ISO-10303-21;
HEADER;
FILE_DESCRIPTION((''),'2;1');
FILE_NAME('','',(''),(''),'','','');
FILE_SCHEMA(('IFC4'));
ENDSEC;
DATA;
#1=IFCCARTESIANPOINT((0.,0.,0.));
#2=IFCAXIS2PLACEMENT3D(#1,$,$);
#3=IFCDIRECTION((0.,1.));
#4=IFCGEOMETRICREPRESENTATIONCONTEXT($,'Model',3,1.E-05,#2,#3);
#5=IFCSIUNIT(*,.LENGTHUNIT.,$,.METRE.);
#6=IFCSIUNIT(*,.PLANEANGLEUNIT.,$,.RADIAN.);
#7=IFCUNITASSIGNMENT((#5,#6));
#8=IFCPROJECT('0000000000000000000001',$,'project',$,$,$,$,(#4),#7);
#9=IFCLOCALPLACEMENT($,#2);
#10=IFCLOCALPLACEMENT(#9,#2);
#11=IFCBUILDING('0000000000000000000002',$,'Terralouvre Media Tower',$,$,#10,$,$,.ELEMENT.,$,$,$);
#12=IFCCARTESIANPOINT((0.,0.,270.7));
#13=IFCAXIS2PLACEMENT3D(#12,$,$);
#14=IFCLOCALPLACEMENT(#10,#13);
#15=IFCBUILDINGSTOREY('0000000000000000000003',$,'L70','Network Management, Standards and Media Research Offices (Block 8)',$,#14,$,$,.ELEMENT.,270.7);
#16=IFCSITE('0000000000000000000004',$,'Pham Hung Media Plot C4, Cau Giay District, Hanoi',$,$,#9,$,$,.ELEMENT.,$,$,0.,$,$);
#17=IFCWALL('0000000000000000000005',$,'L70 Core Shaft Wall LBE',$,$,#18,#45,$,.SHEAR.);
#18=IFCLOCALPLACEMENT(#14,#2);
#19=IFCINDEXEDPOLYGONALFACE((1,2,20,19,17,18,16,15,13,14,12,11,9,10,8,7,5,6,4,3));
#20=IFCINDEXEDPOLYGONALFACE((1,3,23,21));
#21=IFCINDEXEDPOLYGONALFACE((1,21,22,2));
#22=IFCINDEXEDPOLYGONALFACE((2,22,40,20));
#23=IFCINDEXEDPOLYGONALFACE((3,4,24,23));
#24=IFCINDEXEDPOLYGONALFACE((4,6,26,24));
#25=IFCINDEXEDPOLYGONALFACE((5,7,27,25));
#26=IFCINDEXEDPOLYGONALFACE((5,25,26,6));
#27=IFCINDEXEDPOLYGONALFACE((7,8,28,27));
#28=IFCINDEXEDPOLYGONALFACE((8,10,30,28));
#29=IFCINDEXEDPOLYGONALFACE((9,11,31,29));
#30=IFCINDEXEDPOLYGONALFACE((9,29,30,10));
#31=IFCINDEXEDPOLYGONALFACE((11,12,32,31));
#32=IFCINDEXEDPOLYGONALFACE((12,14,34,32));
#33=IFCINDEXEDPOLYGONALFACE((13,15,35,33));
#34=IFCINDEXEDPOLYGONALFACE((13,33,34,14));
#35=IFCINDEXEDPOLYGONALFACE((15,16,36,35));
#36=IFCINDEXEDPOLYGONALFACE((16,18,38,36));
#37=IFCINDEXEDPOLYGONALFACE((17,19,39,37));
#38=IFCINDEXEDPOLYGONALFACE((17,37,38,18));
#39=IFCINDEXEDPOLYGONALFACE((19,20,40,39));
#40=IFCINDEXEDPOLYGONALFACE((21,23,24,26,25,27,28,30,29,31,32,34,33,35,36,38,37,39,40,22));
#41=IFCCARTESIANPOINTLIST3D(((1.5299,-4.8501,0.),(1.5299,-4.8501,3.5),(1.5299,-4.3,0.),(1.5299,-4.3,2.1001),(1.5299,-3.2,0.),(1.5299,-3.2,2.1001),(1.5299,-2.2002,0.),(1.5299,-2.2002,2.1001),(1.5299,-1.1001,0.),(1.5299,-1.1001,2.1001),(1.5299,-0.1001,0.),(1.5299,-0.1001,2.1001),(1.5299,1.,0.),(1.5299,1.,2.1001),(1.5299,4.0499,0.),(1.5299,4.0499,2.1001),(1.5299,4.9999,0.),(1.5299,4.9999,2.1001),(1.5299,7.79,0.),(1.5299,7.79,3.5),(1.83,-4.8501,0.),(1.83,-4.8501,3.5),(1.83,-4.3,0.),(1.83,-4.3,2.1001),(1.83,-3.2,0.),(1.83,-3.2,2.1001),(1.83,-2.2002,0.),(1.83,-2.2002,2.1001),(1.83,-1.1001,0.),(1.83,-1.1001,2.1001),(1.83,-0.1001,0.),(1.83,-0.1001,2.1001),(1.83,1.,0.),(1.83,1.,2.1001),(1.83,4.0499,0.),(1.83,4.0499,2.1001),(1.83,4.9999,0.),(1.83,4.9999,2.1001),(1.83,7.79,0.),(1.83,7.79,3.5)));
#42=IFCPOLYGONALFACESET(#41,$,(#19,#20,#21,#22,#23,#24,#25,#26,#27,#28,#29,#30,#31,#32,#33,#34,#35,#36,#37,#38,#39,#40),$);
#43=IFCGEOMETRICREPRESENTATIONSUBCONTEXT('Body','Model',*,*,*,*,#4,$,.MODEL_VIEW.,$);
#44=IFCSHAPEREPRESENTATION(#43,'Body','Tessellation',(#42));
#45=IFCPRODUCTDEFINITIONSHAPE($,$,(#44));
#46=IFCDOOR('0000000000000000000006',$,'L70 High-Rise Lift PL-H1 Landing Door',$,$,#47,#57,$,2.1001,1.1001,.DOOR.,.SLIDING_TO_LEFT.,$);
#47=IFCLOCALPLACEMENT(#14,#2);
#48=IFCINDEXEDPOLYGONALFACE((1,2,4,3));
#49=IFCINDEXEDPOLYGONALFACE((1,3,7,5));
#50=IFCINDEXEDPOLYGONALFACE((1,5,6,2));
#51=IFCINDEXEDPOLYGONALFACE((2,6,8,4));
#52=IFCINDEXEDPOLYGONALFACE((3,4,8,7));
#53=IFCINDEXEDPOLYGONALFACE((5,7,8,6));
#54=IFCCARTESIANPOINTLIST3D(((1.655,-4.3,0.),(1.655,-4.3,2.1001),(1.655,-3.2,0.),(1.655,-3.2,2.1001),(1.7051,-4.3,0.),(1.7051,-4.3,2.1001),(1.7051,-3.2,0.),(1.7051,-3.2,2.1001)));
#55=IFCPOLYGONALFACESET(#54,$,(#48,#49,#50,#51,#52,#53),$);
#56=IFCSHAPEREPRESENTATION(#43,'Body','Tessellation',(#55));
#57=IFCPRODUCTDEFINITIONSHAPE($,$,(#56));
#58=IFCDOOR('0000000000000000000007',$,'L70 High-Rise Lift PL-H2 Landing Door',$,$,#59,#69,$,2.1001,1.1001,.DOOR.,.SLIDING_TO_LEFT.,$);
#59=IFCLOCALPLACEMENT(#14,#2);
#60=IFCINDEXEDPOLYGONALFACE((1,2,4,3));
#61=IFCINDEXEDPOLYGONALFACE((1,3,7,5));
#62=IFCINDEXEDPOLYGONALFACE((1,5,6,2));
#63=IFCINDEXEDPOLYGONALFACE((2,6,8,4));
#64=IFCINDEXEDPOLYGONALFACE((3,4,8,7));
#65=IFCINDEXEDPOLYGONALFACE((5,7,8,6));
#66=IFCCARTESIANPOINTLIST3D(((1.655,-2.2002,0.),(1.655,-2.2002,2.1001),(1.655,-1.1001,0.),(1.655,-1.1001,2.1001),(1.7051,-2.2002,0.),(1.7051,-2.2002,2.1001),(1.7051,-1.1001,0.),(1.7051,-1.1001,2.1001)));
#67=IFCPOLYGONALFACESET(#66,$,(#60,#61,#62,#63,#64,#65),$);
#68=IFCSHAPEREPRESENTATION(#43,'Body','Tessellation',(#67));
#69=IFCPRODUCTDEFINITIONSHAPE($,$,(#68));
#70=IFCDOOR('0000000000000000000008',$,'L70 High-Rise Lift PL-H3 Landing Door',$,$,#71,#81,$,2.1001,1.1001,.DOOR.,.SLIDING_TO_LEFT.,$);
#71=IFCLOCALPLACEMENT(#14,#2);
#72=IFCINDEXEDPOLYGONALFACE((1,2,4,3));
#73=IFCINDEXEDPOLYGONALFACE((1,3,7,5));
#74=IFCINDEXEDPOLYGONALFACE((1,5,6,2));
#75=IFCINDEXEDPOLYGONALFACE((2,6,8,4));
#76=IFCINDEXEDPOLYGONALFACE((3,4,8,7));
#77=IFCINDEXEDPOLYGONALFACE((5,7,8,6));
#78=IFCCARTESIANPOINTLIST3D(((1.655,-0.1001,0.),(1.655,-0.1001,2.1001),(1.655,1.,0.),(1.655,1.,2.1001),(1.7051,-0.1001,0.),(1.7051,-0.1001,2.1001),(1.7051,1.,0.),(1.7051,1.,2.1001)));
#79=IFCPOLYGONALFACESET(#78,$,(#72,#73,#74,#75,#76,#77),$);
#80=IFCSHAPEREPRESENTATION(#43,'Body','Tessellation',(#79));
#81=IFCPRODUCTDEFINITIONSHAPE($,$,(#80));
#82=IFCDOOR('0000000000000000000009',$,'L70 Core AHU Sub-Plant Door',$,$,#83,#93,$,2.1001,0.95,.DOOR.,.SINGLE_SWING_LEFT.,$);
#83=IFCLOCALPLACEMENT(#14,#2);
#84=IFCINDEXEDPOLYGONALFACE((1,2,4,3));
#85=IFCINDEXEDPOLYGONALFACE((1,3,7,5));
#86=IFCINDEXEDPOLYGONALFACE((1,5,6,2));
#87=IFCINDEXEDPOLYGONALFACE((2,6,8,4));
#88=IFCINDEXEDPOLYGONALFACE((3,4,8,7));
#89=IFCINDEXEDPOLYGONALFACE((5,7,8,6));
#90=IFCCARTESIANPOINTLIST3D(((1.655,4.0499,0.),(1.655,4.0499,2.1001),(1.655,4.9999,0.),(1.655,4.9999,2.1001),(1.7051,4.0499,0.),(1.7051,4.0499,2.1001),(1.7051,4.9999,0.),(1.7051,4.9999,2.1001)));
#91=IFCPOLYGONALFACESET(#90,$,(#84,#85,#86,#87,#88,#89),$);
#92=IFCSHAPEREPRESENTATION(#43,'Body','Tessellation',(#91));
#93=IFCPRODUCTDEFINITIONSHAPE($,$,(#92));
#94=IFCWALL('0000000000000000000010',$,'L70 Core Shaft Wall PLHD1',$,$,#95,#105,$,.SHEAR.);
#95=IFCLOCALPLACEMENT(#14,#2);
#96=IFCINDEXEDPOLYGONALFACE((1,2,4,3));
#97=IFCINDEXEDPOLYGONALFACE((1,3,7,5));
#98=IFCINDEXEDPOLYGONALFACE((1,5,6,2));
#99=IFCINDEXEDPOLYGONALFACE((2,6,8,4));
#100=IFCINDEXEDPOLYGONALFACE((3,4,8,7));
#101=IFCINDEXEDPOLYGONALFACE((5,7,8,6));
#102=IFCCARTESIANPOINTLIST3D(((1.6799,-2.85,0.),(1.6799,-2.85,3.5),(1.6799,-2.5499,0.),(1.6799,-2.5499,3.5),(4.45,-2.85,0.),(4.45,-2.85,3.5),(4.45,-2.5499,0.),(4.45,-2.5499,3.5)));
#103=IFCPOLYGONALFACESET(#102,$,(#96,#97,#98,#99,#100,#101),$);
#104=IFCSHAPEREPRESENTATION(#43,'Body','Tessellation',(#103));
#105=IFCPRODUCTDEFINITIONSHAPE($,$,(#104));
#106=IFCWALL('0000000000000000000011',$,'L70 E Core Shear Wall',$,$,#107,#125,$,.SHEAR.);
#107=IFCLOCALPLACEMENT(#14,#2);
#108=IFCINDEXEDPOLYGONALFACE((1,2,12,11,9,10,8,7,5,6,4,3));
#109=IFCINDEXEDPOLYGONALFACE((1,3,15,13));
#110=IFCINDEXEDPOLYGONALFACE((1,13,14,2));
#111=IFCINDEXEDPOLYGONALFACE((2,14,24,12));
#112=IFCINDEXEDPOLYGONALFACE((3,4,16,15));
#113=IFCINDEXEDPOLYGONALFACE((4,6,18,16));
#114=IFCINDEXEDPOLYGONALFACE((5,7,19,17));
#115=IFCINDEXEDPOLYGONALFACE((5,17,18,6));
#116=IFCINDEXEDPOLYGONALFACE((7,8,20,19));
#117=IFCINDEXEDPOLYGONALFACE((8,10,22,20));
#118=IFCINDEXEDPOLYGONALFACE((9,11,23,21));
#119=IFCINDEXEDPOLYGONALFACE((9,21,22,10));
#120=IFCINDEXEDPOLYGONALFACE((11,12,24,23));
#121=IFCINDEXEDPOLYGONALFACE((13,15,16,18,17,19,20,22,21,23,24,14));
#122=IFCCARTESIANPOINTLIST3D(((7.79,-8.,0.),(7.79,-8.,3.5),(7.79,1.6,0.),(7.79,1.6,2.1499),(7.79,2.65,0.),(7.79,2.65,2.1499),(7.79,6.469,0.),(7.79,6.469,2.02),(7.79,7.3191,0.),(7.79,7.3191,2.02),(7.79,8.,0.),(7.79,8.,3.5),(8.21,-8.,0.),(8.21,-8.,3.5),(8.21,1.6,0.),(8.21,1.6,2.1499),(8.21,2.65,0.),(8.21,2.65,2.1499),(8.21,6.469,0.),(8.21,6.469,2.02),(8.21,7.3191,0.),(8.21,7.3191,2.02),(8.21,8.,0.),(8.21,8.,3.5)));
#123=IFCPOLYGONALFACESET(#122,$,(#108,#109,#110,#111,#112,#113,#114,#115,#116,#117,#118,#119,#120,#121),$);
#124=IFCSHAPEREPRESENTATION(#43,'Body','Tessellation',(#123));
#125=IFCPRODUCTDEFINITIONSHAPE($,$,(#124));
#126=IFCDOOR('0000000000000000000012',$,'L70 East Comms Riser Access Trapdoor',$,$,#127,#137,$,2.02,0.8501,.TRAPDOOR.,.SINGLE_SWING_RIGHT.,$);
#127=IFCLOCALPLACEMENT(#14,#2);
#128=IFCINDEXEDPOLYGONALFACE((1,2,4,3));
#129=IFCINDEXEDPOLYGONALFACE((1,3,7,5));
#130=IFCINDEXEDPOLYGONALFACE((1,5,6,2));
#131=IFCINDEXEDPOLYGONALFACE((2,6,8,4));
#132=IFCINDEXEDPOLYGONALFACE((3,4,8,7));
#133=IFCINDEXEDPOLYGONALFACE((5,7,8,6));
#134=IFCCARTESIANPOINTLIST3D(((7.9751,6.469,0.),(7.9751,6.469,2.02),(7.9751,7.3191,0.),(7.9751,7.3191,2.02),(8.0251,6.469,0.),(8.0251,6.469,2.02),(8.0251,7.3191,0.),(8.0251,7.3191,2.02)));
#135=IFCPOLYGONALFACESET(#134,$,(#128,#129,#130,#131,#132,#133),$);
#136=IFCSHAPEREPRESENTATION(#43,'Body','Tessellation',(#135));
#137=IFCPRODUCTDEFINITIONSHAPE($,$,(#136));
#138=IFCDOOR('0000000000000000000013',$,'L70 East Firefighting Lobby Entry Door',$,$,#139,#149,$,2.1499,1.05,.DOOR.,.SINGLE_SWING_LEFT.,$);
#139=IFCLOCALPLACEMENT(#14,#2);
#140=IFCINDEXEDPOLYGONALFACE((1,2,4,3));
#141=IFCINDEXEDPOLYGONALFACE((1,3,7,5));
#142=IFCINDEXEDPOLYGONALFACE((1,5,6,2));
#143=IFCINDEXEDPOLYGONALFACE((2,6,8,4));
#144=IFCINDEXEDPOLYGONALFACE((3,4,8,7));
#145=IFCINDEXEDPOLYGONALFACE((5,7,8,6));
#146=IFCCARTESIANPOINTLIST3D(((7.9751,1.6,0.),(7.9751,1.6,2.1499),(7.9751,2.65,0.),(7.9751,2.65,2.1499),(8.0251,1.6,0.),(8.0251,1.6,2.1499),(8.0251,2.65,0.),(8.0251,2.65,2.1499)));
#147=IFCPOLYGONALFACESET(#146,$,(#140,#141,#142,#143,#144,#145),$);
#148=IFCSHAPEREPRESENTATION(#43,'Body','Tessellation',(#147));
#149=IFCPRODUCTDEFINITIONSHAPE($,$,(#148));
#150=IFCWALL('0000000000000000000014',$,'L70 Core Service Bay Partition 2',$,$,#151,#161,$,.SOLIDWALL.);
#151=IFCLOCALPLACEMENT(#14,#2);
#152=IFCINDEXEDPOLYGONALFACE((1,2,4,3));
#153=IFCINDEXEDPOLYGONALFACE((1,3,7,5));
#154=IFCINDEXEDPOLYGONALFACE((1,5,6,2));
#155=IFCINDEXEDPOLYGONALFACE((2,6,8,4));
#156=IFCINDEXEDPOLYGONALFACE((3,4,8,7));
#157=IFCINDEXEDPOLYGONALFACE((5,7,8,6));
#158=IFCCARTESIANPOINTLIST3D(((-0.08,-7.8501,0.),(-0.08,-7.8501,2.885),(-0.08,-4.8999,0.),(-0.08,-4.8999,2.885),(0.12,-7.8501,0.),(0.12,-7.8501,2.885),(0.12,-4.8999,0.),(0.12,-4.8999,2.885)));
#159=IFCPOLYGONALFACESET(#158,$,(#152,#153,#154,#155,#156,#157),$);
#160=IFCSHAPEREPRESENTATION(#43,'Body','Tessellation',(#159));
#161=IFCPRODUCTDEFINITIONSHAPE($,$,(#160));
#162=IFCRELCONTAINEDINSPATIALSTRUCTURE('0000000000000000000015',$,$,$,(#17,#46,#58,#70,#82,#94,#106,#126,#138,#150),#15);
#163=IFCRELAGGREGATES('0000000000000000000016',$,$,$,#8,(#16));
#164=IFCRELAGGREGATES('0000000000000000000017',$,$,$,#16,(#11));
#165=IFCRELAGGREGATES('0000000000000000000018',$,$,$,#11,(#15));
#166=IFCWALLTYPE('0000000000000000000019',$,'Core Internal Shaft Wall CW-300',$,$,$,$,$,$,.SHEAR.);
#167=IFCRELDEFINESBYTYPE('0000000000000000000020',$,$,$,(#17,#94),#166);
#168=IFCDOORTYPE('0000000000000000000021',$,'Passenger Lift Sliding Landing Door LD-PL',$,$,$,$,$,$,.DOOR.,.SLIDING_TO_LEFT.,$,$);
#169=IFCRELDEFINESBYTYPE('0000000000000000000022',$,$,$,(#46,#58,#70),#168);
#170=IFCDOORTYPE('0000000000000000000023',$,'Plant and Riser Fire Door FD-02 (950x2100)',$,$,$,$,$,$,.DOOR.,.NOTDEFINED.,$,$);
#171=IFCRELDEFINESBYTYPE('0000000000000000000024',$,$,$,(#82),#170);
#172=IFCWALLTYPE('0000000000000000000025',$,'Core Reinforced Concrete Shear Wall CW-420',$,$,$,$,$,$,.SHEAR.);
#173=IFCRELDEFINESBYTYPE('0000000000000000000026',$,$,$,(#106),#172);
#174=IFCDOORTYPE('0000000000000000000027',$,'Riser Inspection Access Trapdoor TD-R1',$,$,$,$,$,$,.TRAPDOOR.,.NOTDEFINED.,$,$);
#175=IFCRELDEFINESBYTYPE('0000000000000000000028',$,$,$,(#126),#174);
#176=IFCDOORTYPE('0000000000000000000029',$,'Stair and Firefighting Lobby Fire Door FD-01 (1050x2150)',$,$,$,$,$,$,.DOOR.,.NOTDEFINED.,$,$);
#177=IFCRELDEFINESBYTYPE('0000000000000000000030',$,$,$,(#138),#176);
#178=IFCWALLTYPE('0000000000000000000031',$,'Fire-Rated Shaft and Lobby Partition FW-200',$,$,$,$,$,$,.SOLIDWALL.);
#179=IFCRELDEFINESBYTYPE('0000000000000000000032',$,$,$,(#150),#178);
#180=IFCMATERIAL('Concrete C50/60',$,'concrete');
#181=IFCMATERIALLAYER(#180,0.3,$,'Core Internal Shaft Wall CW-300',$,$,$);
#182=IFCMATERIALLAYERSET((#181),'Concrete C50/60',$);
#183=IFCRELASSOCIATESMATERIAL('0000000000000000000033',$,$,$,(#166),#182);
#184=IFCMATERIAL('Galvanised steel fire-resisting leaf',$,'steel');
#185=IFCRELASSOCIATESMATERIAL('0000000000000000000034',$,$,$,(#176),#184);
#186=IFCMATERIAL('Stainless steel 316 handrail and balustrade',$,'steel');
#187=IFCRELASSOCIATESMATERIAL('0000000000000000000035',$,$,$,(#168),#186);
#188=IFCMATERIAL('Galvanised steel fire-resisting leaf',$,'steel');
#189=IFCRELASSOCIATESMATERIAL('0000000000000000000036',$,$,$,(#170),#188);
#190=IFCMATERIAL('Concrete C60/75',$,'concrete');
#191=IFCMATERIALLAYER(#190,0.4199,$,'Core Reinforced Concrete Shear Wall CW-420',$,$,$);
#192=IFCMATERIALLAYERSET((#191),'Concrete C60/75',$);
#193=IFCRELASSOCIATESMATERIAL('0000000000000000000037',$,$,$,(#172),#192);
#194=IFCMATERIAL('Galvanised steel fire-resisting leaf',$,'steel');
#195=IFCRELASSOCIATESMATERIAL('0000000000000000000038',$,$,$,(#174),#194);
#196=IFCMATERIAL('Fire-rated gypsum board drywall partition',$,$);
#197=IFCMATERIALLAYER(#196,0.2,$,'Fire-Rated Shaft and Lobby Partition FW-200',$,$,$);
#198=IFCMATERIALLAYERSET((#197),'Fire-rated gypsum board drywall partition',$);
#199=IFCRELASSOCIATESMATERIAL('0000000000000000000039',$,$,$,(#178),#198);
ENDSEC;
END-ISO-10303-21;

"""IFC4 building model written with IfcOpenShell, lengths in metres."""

from ifc_helpers import new_model, si_unit, direction, frame, frame_2d, origin, place, context, subcontext, project, spatial, rectangle, extrude, material, layer, layer_set, type_object, element, fill, save


model = new_model("IFC4")

# Units and contexts
model_context = context("Model", 3, precision=1e-05, world=origin(), true_north=direction((0.0, 1.0)))
body_context = subcontext(model_context, "Body", "Model", "MODEL_VIEW")
ifc_project = project(units=[si_unit("LENGTHUNIT", "METRE"), si_unit("PLANEANGLEUNIT", "RADIAN")], contexts=[model_context])

# Site, building, storey
site_placement = place(None, origin())
site = spatial("IfcSite", under=ifc_project, at=site_placement, Name="Pham Hung Media Plot C4, Cau Giay District, Hanoi", CompositionType="ELEMENT", RefElevation=0.0)
building_placement = place(site_placement, origin())
building = spatial("IfcBuilding", under=site, at=building_placement, Name="Terralouvre Media Tower", CompositionType="ELEMENT")
storey_placement = place(building_placement, frame((0.0, 0.0, 270.7)))
storey = spatial("IfcBuildingStorey", under=building, at=storey_placement, Name="L70", Description="Network Management, Standards and Media Research Offices (Block 8)", CompositionType="ELEMENT", Elevation=270.7)

# Shared definitions
ifc_material_1 = material(Name="Concrete C50/60", Category="concrete")
ifc_layer_1 = layer(ifc_material_1, 0.3, Name="Core Internal Shaft Wall CW-300")
ifc_layer_set_1 = layer_set([ifc_layer_1], Name="Concrete C50/60")
wall_type_1 = type_object("IfcWallType", Name="Core Internal Shaft Wall CW-300", PredefinedType="SHEAR", material=ifc_layer_set_1)

# Shared definitions
ifc_material_2 = material(Name="Galvanised steel fire-resisting leaf", Category="steel")
door_type_1 = type_object("IfcDoorType", Name="Stair and Firefighting Lobby Fire Door FD-01 (1050x2150)", OperationType="NOTDEFINED", PredefinedType="DOOR", material=ifc_material_2)

# Wall, openings, doors
wall_1_placement = place(storey_placement, frame((1.6799, -4.8501, 0.0), z_axis=(0.0, 0.0, 1.0), x_axis=(0.0, 1.0, 0.0)))
wall_1 = element("IfcWall", 1, at=wall_1_placement, inside=storey, type_object=wall_type_1, Name="L70 Core Shaft Wall LBE", PredefinedType="SHEAR", context=body_context, shape_type="SweptSolid", body=[
    extrude(rectangle(XDim=12.6401, YDim=0.3, at=frame_2d((6.3201, 0.0))), origin(), (0.0, 0.0, 1.0), 3.5),
])
opening_1_placement = place(wall_1_placement, frame((0.55, 0.0, 0.0)))
opening_1 = element("IfcOpeningElement", 2, at=opening_1_placement, cuts=wall_1, PredefinedType="OPENING", context=body_context, shape_type="SweptSolid", body=[
    extrude(rectangle(XDim=1.1001, YDim=2.1001, at=frame_2d((0.55, 1.05))), frame((0.0, 0.1599, 0.0), z_axis=(0.0, -1.0, 0.0), x_axis=(1.0, 0.0, 0.0)), (0.0, 0.0, 1.0), 0.3201),
])
opening_2_placement = place(wall_1_placement, frame((2.6499, 0.0, 0.0)))
opening_2 = element("IfcOpeningElement", 3, at=opening_2_placement, cuts=wall_1, PredefinedType="OPENING", context=body_context, shape_type="SweptSolid", body=[
    extrude(rectangle(XDim=1.1001, YDim=2.1001, at=frame_2d((0.55, 1.05))), frame((0.0, 0.1599, 0.0), z_axis=(0.0, -1.0, 0.0), x_axis=(1.0, 0.0, 0.0)), (0.0, 0.0, 1.0), 0.3201),
])
opening_3_placement = place(wall_1_placement, frame((4.75, 0.0, 0.0)))
opening_3 = element("IfcOpeningElement", 4, at=opening_3_placement, cuts=wall_1, PredefinedType="OPENING", context=body_context, shape_type="SweptSolid", body=[
    extrude(rectangle(XDim=1.1001, YDim=2.1001, at=frame_2d((0.55, 1.05))), frame((0.0, 0.1599, 0.0), z_axis=(0.0, -1.0, 0.0), x_axis=(1.0, 0.0, 0.0)), (0.0, 0.0, 1.0), 0.3201),
])
opening_4_placement = place(wall_1_placement, frame((8.8999, 0.0, 0.0)))
opening_4 = element("IfcOpeningElement", 5, at=opening_4_placement, cuts=wall_1, PredefinedType="OPENING", context=body_context, shape_type="SweptSolid", body=[
    extrude(rectangle(XDim=0.95, YDim=2.1001, at=frame_2d((0.4751, 1.05))), frame((0.0, 0.1599, 0.0), z_axis=(0.0, -1.0, 0.0), x_axis=(1.0, 0.0, 0.0)), (0.0, 0.0, 1.0), 0.3201),
])
ifc_material_3 = material(Name="Stainless steel 316 handrail and balustrade", Category="steel")
door_type_2 = type_object("IfcDoorType", Name="Passenger Lift Sliding Landing Door LD-PL", OperationType="SLIDING_TO_LEFT", PredefinedType="DOOR", material=ifc_material_3)
door_1_placement = place(opening_1_placement, origin())
door_1 = element("IfcDoor", 6, at=door_1_placement, inside=storey, type_object=door_type_2, Name="L70 High-Rise Lift PL-H1 Landing Door", OperationType="SLIDING_TO_LEFT", OverallHeight=2.1001, OverallWidth=1.1001, PredefinedType="DOOR", context=body_context, shape_type="SweptSolid", body=[
    extrude(rectangle(XDim=1.1001, YDim=2.1001, at=frame_2d((0.55, 1.05))), frame((0.0, 0.0249, 0.0), z_axis=(0.0, -1.0, 0.0), x_axis=(1.0, 0.0, 0.0)), (0.0, 0.0, 1.0), 0.05),
])
fill(opening_1, door_1)
door_2_placement = place(opening_2_placement, origin())
door_2 = element("IfcDoor", 7, at=door_2_placement, inside=storey, type_object=door_type_2, Name="L70 High-Rise Lift PL-H2 Landing Door", OperationType="SLIDING_TO_LEFT", OverallHeight=2.1001, OverallWidth=1.1001, PredefinedType="DOOR", context=body_context, shape_type="SweptSolid", body=[
    extrude(rectangle(XDim=1.1001, YDim=2.1001, at=frame_2d((0.55, 1.05))), frame((0.0, 0.0249, 0.0), z_axis=(0.0, -1.0, 0.0), x_axis=(1.0, 0.0, 0.0)), (0.0, 0.0, 1.0), 0.05),
])
fill(opening_2, door_2)
door_3_placement = place(opening_3_placement, origin())
door_3 = element("IfcDoor", 8, at=door_3_placement, inside=storey, type_object=door_type_2, Name="L70 High-Rise Lift PL-H3 Landing Door", OperationType="SLIDING_TO_LEFT", OverallHeight=2.1001, OverallWidth=1.1001, PredefinedType="DOOR", context=body_context, shape_type="SweptSolid", body=[
    extrude(rectangle(XDim=1.1001, YDim=2.1001, at=frame_2d((0.55, 1.05))), frame((0.0, 0.0249, 0.0), z_axis=(0.0, -1.0, 0.0), x_axis=(1.0, 0.0, 0.0)), (0.0, 0.0, 1.0), 0.05),
])
fill(opening_3, door_3)
ifc_material_4 = material(Name="Galvanised steel fire-resisting leaf", Category="steel")
door_type_3 = type_object("IfcDoorType", Name="Plant and Riser Fire Door FD-02 (950x2100)", OperationType="NOTDEFINED", PredefinedType="DOOR", material=ifc_material_4)
door_4_placement = place(opening_4_placement, origin())
door_4 = element("IfcDoor", 9, at=door_4_placement, inside=storey, type_object=door_type_3, Name="L70 Core AHU Sub-Plant Door", OperationType="SINGLE_SWING_LEFT", OverallHeight=2.1001, OverallWidth=0.95, PredefinedType="DOOR", context=body_context, shape_type="SweptSolid", body=[
    extrude(rectangle(XDim=0.95, YDim=2.1001, at=frame_2d((0.4751, 1.05))), frame((0.0, 0.0249, 0.0), z_axis=(0.0, -1.0, 0.0), x_axis=(1.0, 0.0, 0.0)), (0.0, 0.0, 1.0), 0.05),
])
fill(opening_4, door_4)

# Wall
wall_2_placement = place(storey_placement, frame((1.6799, -2.7, 0.0), z_axis=(0.0, 0.0, 1.0), x_axis=(1.0, 0.0, 0.0)))
element("IfcWall", 10, at=wall_2_placement, inside=storey, type_object=wall_type_1, Name="L70 Core Shaft Wall PLHD1", PredefinedType="SHEAR", context=body_context, shape_type="SweptSolid", body=[
    extrude(rectangle(XDim=2.77, YDim=0.3, at=frame_2d((1.385, 0.0))), origin(), (0.0, 0.0, 1.0), 3.5),
])

# Wall, openings, doors
ifc_material_5 = material(Name="Concrete C60/75", Category="concrete")
ifc_layer_2 = layer(ifc_material_5, 0.4199, Name="Core Reinforced Concrete Shear Wall CW-420")
ifc_layer_set_2 = layer_set([ifc_layer_2], Name="Concrete C60/75")
wall_type_2 = type_object("IfcWallType", Name="Core Reinforced Concrete Shear Wall CW-420", PredefinedType="SHEAR", material=ifc_layer_set_2)
wall_3_placement = place(storey_placement, frame((8.0, -8.0, 0.0), z_axis=(0.0, 0.0, 1.0), x_axis=(0.0, 1.0, 0.0)))
wall_3 = element("IfcWall", 11, at=wall_3_placement, inside=storey, type_object=wall_type_2, Name="L70 E Core Shear Wall", PredefinedType="SHEAR", context=body_context, shape_type="SweptSolid", body=[
    extrude(rectangle(XDim=16.0, YDim=0.4199, at=frame_2d((8.0, 0.0))), origin(), (0.0, 0.0, 1.0), 3.5),
])
opening_5_placement = place(wall_3_placement, frame((9.6001, 0.0, 0.0)))
opening_5 = element("IfcOpeningElement", 12, at=opening_5_placement, cuts=wall_3, PredefinedType="OPENING", context=body_context, shape_type="SweptSolid", body=[
    extrude(rectangle(XDim=1.05, YDim=2.1499, at=frame_2d((0.5249, 1.075))), frame((0.0, 0.22, 0.0), z_axis=(0.0, -1.0, 0.0), x_axis=(1.0, 0.0, 0.0)), (0.0, 0.0, 1.0), 0.4399),
])
opening_6_placement = place(wall_3_placement, frame((14.469, 0.0, 0.0)))
opening_6 = element("IfcOpeningElement", 13, at=opening_6_placement, cuts=wall_3, PredefinedType="OPENING", context=body_context, shape_type="SweptSolid", body=[
    extrude(rectangle(XDim=0.8501, YDim=2.02, at=frame_2d((0.425, 1.01))), frame((0.0, 0.22, 0.0), z_axis=(0.0, -1.0, 0.0), x_axis=(1.0, 0.0, 0.0)), (0.0, 0.0, 1.0), 0.4399),
])
ifc_material_6 = material(Name="Galvanised steel fire-resisting leaf", Category="steel")
door_type_4 = type_object("IfcDoorType", Name="Riser Inspection Access Trapdoor TD-R1", OperationType="NOTDEFINED", PredefinedType="TRAPDOOR", material=ifc_material_6)
door_5_placement = place(opening_6_placement, origin())
door_5 = element("IfcDoor", 14, at=door_5_placement, inside=storey, type_object=door_type_4, Name="L70 East Comms Riser Access Trapdoor", OperationType="SINGLE_SWING_RIGHT", OverallHeight=2.02, OverallWidth=0.8501, PredefinedType="TRAPDOOR", context=body_context, shape_type="SweptSolid", body=[
    extrude(rectangle(XDim=0.8501, YDim=2.02, at=frame_2d((0.425, 1.01))), frame((0.0, 0.0249, 0.0), z_axis=(0.0, -1.0, 0.0), x_axis=(1.0, 0.0, 0.0)), (0.0, 0.0, 1.0), 0.05),
])
fill(opening_6, door_5)
door_6_placement = place(opening_5_placement, origin())
door_6 = element("IfcDoor", 15, at=door_6_placement, inside=storey, type_object=door_type_1, Name="L70 East Firefighting Lobby Entry Door", OperationType="SINGLE_SWING_LEFT", OverallHeight=2.1499, OverallWidth=1.05, PredefinedType="DOOR", context=body_context, shape_type="SweptSolid", body=[
    extrude(rectangle(XDim=1.05, YDim=2.1499, at=frame_2d((0.5249, 1.075))), frame((0.0, 0.0249, 0.0), z_axis=(0.0, -1.0, 0.0), x_axis=(1.0, 0.0, 0.0)), (0.0, 0.0, 1.0), 0.05),
])
fill(opening_5, door_6)

# Wall
ifc_material_7 = material(Name="Fire-rated gypsum board drywall partition")
ifc_layer_3 = layer(ifc_material_7, 0.2, Name="Fire-Rated Shaft and Lobby Partition FW-200")
ifc_layer_set_3 = layer_set([ifc_layer_3], Name="Fire-rated gypsum board drywall partition")
wall_type_3 = type_object("IfcWallType", Name="Fire-Rated Shaft and Lobby Partition FW-200", PredefinedType="SOLIDWALL", material=ifc_layer_set_3)
for number, where, z_axis, x_axis, name in (
    (16, (0.02, -7.8501, 0.0), (0.0, 0.0, 1.0), (0.0, 1.0, 0.0), "L70 Core Service Bay Partition 2"),
):
    element("IfcWall", number, at=place(storey_placement, frame(where, z_axis=z_axis, x_axis=x_axis)), inside=storey, type_object=wall_type_3, Name=name, PredefinedType="SOLIDWALL", context=body_context, shape_type="SweptSolid", body=[
        extrude(rectangle(XDim=2.9502, YDim=0.2, at=frame_2d((1.4751, 0.0))), origin(), (0.0, 0.0, 1.0), 2.885),
    ])

save(model, "model.ifc")
